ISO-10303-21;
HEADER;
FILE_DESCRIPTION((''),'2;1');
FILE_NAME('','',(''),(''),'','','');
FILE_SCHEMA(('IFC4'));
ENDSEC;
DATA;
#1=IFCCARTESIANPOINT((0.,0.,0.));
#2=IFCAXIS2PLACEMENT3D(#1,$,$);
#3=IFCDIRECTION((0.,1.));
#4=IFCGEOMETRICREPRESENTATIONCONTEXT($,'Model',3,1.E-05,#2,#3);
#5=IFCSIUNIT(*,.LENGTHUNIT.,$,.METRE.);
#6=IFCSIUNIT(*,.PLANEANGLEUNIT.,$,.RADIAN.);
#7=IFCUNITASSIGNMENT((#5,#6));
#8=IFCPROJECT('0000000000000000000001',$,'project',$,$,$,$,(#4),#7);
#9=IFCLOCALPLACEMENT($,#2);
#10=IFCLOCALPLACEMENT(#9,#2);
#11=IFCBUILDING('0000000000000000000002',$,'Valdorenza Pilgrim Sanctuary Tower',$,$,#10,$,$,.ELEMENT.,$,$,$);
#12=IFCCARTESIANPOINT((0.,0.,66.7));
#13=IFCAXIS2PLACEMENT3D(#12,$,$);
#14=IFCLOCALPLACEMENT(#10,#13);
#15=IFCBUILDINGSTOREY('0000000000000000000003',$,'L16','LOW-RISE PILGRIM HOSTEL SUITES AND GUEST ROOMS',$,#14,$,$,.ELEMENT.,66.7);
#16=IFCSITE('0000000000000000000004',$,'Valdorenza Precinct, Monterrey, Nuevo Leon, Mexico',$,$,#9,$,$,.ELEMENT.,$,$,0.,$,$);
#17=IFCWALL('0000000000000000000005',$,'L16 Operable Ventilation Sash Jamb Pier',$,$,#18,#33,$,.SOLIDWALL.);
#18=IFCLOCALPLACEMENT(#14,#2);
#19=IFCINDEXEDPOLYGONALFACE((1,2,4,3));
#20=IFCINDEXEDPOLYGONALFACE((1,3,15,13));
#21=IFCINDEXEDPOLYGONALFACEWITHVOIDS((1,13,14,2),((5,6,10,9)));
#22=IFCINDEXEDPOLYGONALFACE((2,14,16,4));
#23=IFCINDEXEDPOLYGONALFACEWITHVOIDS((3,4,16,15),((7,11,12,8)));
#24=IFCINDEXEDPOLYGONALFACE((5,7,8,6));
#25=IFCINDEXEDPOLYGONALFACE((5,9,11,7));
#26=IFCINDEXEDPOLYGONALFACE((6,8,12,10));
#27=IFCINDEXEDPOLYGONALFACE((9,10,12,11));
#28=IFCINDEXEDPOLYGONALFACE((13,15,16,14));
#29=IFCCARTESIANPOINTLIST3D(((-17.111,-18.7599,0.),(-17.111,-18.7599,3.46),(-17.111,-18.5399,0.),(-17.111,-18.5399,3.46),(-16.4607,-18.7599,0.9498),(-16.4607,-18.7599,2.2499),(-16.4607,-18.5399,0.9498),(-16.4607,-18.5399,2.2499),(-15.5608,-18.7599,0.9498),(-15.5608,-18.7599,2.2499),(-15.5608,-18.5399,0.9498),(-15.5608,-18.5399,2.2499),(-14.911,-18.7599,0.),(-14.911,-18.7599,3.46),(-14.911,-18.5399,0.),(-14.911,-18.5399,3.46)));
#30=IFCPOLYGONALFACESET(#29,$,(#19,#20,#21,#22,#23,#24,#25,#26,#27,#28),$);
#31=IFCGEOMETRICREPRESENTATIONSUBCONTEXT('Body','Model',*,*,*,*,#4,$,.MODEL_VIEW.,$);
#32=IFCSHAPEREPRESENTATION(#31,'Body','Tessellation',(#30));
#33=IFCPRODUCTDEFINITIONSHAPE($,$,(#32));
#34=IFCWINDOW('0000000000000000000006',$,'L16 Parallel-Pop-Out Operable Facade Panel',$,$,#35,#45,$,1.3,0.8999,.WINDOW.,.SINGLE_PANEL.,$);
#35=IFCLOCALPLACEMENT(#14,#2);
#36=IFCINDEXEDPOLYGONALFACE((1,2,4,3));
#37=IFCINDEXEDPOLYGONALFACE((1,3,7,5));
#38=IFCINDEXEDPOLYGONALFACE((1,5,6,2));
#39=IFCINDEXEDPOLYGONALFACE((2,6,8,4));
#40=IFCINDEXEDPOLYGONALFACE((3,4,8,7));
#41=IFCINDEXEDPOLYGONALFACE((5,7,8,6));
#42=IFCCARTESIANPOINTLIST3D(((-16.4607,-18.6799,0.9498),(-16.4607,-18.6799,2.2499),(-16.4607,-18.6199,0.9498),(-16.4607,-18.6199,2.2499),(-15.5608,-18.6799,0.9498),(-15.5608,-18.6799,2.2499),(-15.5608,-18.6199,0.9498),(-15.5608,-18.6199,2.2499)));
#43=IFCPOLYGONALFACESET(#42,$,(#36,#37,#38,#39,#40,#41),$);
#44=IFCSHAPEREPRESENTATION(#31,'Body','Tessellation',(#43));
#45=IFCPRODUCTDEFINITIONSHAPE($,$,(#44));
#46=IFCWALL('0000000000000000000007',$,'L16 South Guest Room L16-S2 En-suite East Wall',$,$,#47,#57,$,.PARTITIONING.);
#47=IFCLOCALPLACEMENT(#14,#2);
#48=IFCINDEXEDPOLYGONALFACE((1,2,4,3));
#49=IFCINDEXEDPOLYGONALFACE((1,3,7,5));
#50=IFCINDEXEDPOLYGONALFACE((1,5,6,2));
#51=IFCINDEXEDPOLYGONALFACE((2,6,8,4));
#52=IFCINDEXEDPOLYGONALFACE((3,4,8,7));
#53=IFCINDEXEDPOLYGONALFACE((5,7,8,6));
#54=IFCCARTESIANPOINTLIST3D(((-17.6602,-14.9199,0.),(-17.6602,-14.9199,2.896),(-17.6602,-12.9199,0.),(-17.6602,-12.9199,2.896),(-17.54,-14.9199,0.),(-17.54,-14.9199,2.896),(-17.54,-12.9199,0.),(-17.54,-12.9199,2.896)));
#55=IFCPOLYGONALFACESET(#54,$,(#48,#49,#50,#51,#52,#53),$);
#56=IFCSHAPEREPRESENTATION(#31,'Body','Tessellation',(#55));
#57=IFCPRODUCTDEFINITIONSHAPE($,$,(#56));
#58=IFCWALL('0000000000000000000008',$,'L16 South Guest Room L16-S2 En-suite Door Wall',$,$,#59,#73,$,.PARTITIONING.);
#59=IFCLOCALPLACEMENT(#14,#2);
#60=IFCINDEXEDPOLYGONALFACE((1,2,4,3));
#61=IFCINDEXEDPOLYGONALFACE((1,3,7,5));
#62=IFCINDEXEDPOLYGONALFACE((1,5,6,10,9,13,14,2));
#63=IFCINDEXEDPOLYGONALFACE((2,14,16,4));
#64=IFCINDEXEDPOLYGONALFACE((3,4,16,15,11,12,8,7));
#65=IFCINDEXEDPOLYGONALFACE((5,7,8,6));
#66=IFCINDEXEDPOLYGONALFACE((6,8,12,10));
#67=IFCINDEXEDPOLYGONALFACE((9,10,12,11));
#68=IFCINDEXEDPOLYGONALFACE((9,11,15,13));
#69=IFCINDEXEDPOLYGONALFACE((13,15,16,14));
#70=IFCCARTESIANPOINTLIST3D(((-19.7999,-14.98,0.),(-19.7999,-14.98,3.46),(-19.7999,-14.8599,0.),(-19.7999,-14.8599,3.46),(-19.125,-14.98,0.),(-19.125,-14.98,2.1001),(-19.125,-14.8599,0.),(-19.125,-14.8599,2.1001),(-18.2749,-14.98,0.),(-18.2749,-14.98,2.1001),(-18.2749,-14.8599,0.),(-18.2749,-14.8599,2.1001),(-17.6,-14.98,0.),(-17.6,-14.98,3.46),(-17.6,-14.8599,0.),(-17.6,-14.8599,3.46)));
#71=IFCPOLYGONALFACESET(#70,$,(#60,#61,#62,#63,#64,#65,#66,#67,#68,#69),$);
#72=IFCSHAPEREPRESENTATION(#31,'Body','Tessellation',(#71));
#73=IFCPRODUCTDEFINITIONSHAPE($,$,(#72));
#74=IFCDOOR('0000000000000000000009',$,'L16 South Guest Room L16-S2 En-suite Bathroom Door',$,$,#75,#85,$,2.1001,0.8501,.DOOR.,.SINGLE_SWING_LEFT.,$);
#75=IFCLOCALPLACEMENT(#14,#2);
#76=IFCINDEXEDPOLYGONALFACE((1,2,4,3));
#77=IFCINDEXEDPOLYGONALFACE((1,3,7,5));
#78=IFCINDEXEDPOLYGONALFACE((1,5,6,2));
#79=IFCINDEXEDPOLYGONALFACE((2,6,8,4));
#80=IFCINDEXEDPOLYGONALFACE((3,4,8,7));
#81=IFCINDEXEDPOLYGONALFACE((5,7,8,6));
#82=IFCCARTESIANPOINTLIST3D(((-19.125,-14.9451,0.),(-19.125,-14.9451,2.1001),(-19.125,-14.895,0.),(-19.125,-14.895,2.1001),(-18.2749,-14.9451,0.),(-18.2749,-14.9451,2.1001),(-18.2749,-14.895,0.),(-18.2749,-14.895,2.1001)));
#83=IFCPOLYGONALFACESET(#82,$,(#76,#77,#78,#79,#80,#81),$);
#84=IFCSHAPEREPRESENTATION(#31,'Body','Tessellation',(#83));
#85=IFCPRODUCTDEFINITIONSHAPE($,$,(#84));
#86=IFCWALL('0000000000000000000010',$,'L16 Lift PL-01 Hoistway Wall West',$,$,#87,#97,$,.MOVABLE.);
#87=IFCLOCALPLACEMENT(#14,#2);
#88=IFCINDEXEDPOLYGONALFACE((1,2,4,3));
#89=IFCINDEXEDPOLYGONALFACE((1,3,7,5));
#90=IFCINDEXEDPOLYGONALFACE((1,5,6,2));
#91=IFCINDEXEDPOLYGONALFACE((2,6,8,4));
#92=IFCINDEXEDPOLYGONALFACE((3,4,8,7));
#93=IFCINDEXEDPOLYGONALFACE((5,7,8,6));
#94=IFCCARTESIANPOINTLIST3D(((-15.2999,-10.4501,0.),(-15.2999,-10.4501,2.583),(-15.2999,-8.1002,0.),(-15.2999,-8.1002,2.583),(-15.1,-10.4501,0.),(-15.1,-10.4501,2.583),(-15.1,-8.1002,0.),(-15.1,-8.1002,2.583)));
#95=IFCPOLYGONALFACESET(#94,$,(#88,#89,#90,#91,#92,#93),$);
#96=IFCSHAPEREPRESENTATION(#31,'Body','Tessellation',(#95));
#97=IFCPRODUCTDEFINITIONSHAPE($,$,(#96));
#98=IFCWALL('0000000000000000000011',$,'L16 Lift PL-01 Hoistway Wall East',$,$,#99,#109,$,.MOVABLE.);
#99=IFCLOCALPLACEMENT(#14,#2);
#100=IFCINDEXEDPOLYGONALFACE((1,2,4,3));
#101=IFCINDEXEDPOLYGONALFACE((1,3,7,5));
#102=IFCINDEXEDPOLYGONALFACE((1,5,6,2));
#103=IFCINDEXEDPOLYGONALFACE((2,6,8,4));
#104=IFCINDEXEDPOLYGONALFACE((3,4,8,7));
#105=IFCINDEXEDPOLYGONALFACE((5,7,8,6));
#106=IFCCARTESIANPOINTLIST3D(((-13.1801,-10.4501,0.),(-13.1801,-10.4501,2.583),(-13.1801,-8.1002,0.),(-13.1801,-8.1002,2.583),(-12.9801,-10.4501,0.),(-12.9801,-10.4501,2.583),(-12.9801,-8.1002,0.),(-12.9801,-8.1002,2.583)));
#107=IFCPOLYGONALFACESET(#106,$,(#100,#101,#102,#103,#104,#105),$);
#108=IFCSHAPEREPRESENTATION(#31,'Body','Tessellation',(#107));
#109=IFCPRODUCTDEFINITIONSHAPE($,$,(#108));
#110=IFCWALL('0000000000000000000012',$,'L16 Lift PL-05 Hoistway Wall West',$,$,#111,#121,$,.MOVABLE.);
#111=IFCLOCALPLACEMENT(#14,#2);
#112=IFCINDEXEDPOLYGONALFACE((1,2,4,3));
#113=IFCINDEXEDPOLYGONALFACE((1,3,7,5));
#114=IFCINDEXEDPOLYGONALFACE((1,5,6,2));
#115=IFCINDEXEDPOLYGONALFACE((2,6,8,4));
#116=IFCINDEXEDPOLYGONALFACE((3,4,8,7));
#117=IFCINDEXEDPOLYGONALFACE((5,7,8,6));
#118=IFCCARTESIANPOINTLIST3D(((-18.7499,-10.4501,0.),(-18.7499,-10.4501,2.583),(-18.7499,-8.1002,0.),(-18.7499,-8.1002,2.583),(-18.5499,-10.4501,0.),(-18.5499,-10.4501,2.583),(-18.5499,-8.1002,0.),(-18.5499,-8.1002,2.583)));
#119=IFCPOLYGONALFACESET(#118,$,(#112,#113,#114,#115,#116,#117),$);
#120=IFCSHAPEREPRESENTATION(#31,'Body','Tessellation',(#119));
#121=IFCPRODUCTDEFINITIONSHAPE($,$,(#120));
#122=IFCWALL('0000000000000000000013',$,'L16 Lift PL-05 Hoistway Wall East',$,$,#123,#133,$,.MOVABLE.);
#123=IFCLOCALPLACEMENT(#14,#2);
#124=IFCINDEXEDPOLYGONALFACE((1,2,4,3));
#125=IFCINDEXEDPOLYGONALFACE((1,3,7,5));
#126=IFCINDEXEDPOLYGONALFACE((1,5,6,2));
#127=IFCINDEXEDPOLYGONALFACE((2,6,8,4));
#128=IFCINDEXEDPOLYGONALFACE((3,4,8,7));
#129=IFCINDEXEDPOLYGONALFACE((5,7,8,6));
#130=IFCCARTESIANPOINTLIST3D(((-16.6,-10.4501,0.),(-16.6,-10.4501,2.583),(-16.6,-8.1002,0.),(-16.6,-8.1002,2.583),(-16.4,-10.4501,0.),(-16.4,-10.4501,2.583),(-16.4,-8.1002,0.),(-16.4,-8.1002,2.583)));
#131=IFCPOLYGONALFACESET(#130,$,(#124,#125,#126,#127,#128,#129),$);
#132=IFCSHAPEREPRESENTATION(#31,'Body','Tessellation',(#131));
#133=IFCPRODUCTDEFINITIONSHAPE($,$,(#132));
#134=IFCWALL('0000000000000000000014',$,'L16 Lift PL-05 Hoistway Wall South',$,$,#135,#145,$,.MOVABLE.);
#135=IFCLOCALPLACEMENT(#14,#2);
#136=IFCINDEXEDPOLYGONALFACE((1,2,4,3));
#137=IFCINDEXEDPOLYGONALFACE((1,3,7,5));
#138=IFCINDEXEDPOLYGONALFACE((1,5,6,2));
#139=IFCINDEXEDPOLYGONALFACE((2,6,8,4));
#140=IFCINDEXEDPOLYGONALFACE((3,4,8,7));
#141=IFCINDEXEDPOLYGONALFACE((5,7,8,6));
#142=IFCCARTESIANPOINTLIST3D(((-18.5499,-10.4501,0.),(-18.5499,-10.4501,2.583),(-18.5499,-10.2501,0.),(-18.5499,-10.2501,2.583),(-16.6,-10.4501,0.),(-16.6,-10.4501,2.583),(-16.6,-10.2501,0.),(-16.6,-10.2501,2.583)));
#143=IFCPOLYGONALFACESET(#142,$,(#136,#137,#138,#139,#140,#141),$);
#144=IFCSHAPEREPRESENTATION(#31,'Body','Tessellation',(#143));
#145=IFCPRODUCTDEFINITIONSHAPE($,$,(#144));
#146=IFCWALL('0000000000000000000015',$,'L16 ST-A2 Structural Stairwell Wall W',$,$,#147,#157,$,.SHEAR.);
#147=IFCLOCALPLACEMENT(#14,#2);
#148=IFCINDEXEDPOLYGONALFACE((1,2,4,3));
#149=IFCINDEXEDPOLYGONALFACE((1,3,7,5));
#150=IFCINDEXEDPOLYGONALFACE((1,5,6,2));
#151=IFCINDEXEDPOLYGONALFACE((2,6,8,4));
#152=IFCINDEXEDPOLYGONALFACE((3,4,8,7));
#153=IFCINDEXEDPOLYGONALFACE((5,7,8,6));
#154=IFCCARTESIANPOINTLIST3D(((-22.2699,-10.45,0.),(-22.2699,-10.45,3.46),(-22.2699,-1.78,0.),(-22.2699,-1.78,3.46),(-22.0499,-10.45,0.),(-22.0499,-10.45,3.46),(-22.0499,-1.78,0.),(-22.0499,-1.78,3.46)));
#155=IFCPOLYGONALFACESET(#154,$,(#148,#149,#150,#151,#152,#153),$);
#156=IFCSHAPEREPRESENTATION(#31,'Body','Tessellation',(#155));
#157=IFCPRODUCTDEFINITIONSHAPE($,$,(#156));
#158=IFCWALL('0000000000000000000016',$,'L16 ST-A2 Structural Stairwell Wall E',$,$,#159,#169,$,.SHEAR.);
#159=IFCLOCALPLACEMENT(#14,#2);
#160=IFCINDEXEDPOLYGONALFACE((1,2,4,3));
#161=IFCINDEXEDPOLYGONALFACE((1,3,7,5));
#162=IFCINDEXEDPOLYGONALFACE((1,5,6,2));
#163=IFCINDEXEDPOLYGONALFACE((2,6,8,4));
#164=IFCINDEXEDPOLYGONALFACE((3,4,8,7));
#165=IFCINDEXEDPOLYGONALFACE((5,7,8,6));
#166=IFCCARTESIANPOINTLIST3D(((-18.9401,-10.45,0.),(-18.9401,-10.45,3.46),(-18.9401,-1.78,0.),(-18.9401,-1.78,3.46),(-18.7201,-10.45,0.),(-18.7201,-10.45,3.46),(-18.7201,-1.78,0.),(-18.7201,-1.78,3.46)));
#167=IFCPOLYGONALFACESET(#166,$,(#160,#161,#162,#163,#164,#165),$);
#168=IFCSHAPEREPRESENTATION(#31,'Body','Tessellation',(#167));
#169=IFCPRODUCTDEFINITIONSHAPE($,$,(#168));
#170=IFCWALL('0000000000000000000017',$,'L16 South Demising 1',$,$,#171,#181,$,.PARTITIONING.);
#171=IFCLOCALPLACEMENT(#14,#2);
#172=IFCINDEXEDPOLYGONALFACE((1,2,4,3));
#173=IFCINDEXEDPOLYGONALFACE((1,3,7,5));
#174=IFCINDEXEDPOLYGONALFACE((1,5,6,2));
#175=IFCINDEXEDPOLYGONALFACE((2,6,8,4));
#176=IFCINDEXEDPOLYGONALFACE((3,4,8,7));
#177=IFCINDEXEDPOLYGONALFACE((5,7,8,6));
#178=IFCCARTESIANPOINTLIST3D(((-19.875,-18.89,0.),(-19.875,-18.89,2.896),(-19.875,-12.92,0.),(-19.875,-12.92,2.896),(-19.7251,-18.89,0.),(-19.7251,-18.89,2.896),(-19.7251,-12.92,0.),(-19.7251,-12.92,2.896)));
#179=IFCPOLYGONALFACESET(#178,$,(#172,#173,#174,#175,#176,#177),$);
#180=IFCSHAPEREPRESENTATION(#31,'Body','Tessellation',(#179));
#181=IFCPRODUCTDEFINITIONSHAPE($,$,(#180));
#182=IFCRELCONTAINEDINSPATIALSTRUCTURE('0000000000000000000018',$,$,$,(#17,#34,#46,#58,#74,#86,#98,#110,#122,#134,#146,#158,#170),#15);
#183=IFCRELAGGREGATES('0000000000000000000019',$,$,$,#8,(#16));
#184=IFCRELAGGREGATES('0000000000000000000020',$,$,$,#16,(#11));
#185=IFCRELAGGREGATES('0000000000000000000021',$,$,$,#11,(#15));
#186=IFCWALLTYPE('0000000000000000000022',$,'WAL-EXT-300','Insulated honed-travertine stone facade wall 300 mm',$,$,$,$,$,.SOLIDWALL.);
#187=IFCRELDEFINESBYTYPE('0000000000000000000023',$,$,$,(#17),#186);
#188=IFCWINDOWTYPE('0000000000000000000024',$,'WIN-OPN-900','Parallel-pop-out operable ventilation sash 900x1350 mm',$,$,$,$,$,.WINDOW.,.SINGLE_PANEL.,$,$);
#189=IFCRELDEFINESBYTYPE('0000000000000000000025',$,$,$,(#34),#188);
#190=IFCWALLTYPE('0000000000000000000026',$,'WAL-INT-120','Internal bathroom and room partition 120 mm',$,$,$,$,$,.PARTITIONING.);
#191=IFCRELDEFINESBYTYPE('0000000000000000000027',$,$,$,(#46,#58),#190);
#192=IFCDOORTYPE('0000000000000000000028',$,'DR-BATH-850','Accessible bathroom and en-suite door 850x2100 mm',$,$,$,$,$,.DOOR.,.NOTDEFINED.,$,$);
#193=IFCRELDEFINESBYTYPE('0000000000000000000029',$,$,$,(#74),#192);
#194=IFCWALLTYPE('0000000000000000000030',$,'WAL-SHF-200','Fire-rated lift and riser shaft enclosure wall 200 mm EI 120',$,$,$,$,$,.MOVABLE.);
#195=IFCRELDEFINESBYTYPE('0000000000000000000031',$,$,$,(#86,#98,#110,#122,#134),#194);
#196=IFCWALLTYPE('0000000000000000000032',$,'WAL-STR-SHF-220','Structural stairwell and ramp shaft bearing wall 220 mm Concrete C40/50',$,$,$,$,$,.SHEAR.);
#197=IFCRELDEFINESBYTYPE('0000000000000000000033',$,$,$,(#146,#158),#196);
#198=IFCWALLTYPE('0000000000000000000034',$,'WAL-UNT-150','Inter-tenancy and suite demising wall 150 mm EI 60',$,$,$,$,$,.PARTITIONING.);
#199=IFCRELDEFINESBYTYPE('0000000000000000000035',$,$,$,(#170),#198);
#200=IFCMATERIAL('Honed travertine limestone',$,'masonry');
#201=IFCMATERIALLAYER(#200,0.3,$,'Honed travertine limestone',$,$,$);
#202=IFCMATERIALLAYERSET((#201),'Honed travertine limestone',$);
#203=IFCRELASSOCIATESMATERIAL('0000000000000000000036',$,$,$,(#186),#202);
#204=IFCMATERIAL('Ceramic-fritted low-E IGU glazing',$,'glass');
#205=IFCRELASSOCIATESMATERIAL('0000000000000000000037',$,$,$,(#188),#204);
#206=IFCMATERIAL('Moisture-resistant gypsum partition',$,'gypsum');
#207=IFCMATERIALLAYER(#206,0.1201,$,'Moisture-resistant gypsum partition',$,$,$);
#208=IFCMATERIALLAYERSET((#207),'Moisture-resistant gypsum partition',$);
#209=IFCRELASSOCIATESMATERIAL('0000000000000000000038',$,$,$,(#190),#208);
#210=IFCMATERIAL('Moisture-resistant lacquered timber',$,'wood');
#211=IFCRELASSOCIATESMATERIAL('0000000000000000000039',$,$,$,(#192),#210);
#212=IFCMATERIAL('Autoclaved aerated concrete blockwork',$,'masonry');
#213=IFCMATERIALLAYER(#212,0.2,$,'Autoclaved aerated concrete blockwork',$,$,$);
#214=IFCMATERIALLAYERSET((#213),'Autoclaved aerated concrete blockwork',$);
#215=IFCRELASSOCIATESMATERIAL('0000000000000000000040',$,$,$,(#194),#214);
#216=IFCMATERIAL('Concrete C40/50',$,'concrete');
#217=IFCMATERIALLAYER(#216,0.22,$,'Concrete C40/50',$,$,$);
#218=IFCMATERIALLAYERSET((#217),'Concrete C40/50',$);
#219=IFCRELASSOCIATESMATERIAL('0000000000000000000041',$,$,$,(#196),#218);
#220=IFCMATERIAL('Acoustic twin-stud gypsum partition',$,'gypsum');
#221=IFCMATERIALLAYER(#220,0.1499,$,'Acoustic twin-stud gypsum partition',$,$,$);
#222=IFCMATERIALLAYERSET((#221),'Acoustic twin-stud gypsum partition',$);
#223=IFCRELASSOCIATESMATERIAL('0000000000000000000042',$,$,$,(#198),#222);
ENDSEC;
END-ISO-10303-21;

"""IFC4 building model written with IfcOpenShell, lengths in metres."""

from ifc_helpers import new_model, si_unit, direction, frame, frame_2d, origin, place, context, subcontext, project, spatial, rectangle, extrude, material, layer, layer_set, type_object, element, fill, save


model = new_model("IFC4")

# Units and contexts
model_context = context("Model", 3, precision=1e-05, world=origin(), true_north=direction((0.0, 1.0)))
body_context = subcontext(model_context, "Body", "Model", "MODEL_VIEW")
ifc_project = project(units=[si_unit("LENGTHUNIT", "METRE"), si_unit("PLANEANGLEUNIT", "RADIAN")], contexts=[model_context])

# Site, building, storey
site_placement = place(None, origin())
site = spatial("IfcSite", under=ifc_project, at=site_placement, Name="Valdorenza Precinct, Monterrey, Nuevo Leon, Mexico", CompositionType="ELEMENT", RefElevation=0.0)
building_placement = place(site_placement, origin())
building = spatial("IfcBuilding", under=site, at=building_placement, Name="Valdorenza Pilgrim Sanctuary Tower", CompositionType="ELEMENT")
storey_placement = place(building_placement, frame((0.0, 0.0, 66.7)))
storey = spatial("IfcBuildingStorey", under=building, at=storey_placement, Name="L16", Description="LOW-RISE PILGRIM HOSTEL SUITES AND GUEST ROOMS", CompositionType="ELEMENT", Elevation=66.7)

# Shared definitions
ifc_material_1 = material(Name="Ceramic-fritted low-E IGU glazing", Category="glass")
ifc_material_2 = material(Name="Honed travertine limestone", Category="masonry")

# Shared definitions
ifc_layer_1 = layer(ifc_material_2, 0.3, Name="Honed travertine limestone")
ifc_layer_set_1 = layer_set([ifc_layer_1], Name="Honed travertine limestone")
wall_type_1 = type_object("IfcWallType", Name="WAL-EXT-300", Description="Insulated honed-travertine stone facade wall 300 mm", PredefinedType="SOLIDWALL", material=ifc_layer_set_1)

# Wall, opening, window
wall_1_placement = place(storey_placement, frame((-14.9109, -18.6499, 0.0), z_axis=(0.0, 0.0, 1.0), x_axis=(-1.0, 0.0, 0.0)))
wall_1 = element("IfcWall", 1, at=wall_1_placement, inside=storey, type_object=wall_type_1, Name="L16 Operable Ventilation Sash Jamb Pier", PredefinedType="SOLIDWALL", context=body_context, shape_type="SweptSolid", body=[
    extrude(rectangle(XDim=2.2, YDim=0.22, at=frame_2d((1.1001, 0.0))), origin(), (0.0, 0.0, 1.0), 3.46),
])
opening_1_placement = place(wall_1_placement, frame((0.6499, 0.0, 0.95)))
opening_1 = element("IfcOpeningElement", 2, at=opening_1_placement, cuts=wall_1, PredefinedType="OPENING", context=body_context, shape_type="SweptSolid", body=[
    extrude(rectangle(XDim=0.8999, YDim=1.3, at=frame_2d((0.45, 0.6499))), frame((0.0, 0.125, 0.0), z_axis=(0.0, -1.0, 0.0), x_axis=(1.0, 0.0, 0.0)), (0.0, 0.0, 1.0), 0.2498),
])
window_type = type_object("IfcWindowType", Name="WIN-OPN-900", Description="Parallel-pop-out operable ventilation sash 900x1350 mm", PartitioningType="SINGLE_PANEL", PredefinedType="WINDOW", material=ifc_material_1)
window_placement = place(opening_1_placement, origin())
window = element("IfcWindow", 3, at=window_placement, inside=storey, type_object=window_type, Name="L16 Parallel-Pop-Out Operable Facade Panel", OverallHeight=1.3, OverallWidth=0.8999, PartitioningType="SINGLE_PANEL", PredefinedType="WINDOW", context=body_context, shape_type="SweptSolid", body=[
    extrude(rectangle(XDim=0.8999, YDim=1.3, at=frame_2d((0.45, 0.6499))), frame((0.0, 0.03, 0.0), z_axis=(0.0, -1.0, 0.0), x_axis=(1.0, 0.0, 0.0)), (0.0, 0.0, 1.0), 0.0601),
])
fill(opening_1, window)

# Wall
ifc_material_3 = material(Name="Moisture-resistant gypsum partition", Category="gypsum")
ifc_layer_2 = layer(ifc_material_3, 0.1201, Name="Moisture-resistant gypsum partition")
ifc_layer_set_2 = layer_set([ifc_layer_2], Name="Moisture-resistant gypsum partition")
wall_type_2 = type_object("IfcWallType", Name="WAL-INT-120", Description="Internal bathroom and room partition 120 mm", PredefinedType="PARTITIONING", material=ifc_layer_set_2)
wall_2_placement = place(storey_placement, frame((-17.6001, -14.9199, 0.0), z_axis=(0.0, 0.0, 1.0), x_axis=(0.0, 1.0, 0.0)))
element("IfcWall", 4, at=wall_2_placement, inside=storey, type_object=wall_type_2, Name="L16 South Guest Room L16-S2 En-suite East Wall", PredefinedType="PARTITIONING", context=body_context, shape_type="SweptSolid", body=[
    extrude(rectangle(XDim=2.0, YDim=0.1201, at=frame_2d((1.0, 0.0))), origin(), (0.0, 0.0, 1.0), 2.896),
])

# Wall, opening, door
wall_3_placement = place(storey_placement, frame((-19.8, -14.9199, 0.0), z_axis=(0.0, 0.0, 1.0), x_axis=(1.0, 0.0, 0.0)))
wall_3 = element("IfcWall", 5, at=wall_3_placement, inside=storey, type_object=wall_type_2, Name="L16 South Guest Room L16-S2 En-suite Door Wall", PredefinedType="PARTITIONING", context=body_context, shape_type="SweptSolid", body=[
    extrude(rectangle(XDim=2.2, YDim=0.1201, at=frame_2d((1.1001, 0.0))), origin(), (0.0, 0.0, 1.0), 3.46),
])
opening_2_placement = place(wall_3_placement, frame((0.675, 0.0, 0.0)))
opening_2 = element("IfcOpeningElement", 6, at=opening_2_placement, cuts=wall_3, PredefinedType="OPENING", context=body_context, shape_type="SweptSolid", body=[
    extrude(rectangle(XDim=0.8501, YDim=2.1001, at=frame_2d((0.425, 1.05))), frame((0.0, 0.075, 0.0), z_axis=(0.0, -1.0, 0.0), x_axis=(1.0, 0.0, 0.0)), (0.0, 0.0, 1.0), 0.1499),
])
ifc_material_4 = material(Name="Moisture-resistant lacquered timber", Category="wood")
door_type = type_object("IfcDoorType", Name="DR-BATH-850", Description="Accessible bathroom and en-suite door 850x2100 mm", OperationType="NOTDEFINED", PredefinedType="DOOR", material=ifc_material_4)
door_placement = place(opening_2_placement, origin())
door = element("IfcDoor", 7, at=door_placement, inside=storey, type_object=door_type, Name="L16 South Guest Room L16-S2 En-suite Bathroom Door", OperationType="SINGLE_SWING_LEFT", OverallHeight=2.1001, OverallWidth=0.8501, PredefinedType="DOOR", context=body_context, shape_type="SweptSolid", body=[
    extrude(rectangle(XDim=0.8501, YDim=2.1001, at=frame_2d((0.425, 1.05))), frame((0.0, 0.0249, 0.0), z_axis=(0.0, -1.0, 0.0), x_axis=(1.0, 0.0, 0.0)), (0.0, 0.0, 1.0), 0.05),
])
fill(opening_2, door)

# Walls
ifc_material_5 = material(Name="Autoclaved aerated concrete blockwork", Category="masonry")
ifc_layer_3 = layer(ifc_material_5, 0.2, Name="Autoclaved aerated concrete blockwork")
ifc_layer_set_3 = layer_set([ifc_layer_3], Name="Autoclaved aerated concrete blockwork")
wall_type_3 = type_object("IfcWallType", Name="WAL-SHF-200", Description="Fire-rated lift and riser shaft enclosure wall 200 mm EI 120", PredefinedType="MOVABLE", material=ifc_layer_set_3)
for number, where, z_axis, x_axis, name in (
    (8, (-15.2, -10.45, 0.0), (0.0, 0.0, 1.0), (0.0, 1.0, 0.0), "L16 Lift PL-01 Hoistway Wall West"),
    (9, (-13.0801, -10.45, 0.0), (0.0, 0.0, 1.0), (0.0, 1.0, 0.0), "L16 Lift PL-01 Hoistway Wall East"),
    (10, (-18.6499, -10.45, 0.0), (0.0, 0.0, 1.0), (0.0, 1.0, 0.0), "L16 Lift PL-05 Hoistway Wall West"),
    (11, (-16.5, -10.45, 0.0), (0.0, 0.0, 1.0), (0.0, 1.0, 0.0), "L16 Lift PL-05 Hoistway Wall East"),
):
    element("IfcWall", number, at=place(storey_placement, frame(where, z_axis=z_axis, x_axis=x_axis)), inside=storey, type_object=wall_type_3, Name=name, PredefinedType="MOVABLE", context=body_context, shape_type="SweptSolid", body=[
        extrude(rectangle(XDim=2.3499, YDim=0.2, at=frame_2d((1.1748, 0.0))), origin(), (0.0, 0.0, 1.0), 2.583),
    ])
wall_4_placement = place(storey_placement, frame((-18.55, -10.3501, 0.0), z_axis=(0.0, 0.0, 1.0), x_axis=(1.0, 0.0, 0.0)))
element("IfcWall", 12, at=wall_4_placement, inside=storey, type_object=wall_type_3, Name="L16 Lift PL-05 Hoistway Wall South", PredefinedType="MOVABLE", context=body_context, shape_type="SweptSolid", body=[
    extrude(rectangle(XDim=1.95, YDim=0.2, at=frame_2d((0.9751, 0.0))), origin(), (0.0, 0.0, 1.0), 2.583),
])
ifc_material_6 = material(Name="Concrete C40/50", Category="concrete")
ifc_layer_4 = layer(ifc_material_6, 0.22, Name="Concrete C40/50")
ifc_layer_set_4 = layer_set([ifc_layer_4], Name="Concrete C40/50")
wall_type_4 = type_object("IfcWallType", Name="WAL-STR-SHF-220", Description="Structural stairwell and ramp shaft bearing wall 220 mm Concrete C40/50", PredefinedType="SHEAR", material=ifc_layer_set_4)
for number, where, z_axis, x_axis, name in (
    (13, (-22.1599, -10.45, 0.0), (0.0, 0.0, 1.0), (0.0, 1.0, 0.0), "L16 ST-A2 Structural Stairwell Wall W"),
    (14, (-18.8301, -10.45, 0.0), (0.0, 0.0, 1.0), (0.0, 1.0, 0.0), "L16 ST-A2 Structural Stairwell Wall E"),
):
    element("IfcWall", number, at=place(storey_placement, frame(where, z_axis=z_axis, x_axis=x_axis)), inside=storey, type_object=wall_type_4, Name=name, PredefinedType="SHEAR", context=body_context, shape_type="SweptSolid", body=[
        extrude(rectangle(XDim=8.6699, YDim=0.22, at=frame_2d((4.335, 0.0))), origin(), (0.0, 0.0, 1.0), 3.46),
    ])
ifc_material_7 = material(Name="Acoustic twin-stud gypsum partition", Category="gypsum")
ifc_layer_5 = layer(ifc_material_7, 0.1499, Name="Acoustic twin-stud gypsum partition")
ifc_layer_set_5 = layer_set([ifc_layer_5], Name="Acoustic twin-stud gypsum partition")
wall_type_5 = type_object("IfcWallType", Name="WAL-UNT-150", Description="Inter-tenancy and suite demising wall 150 mm EI 60", PredefinedType="PARTITIONING", material=ifc_layer_set_5)
wall_5_placement = place(storey_placement, frame((-19.8, -18.8899, 0.0), z_axis=(0.0, 0.0, 1.0), x_axis=(0.0, 1.0, 0.0)))
element("IfcWall", 15, at=wall_5_placement, inside=storey, type_object=wall_type_5, Name="L16 South Demising 1", PredefinedType="PARTITIONING", context=body_context, shape_type="SweptSolid", body=[
    extrude(rectangle(XDim=5.97, YDim=0.1499, at=frame_2d((2.9849, 0.0))), origin(), (0.0, 0.0, 1.0), 2.896),
])

save(model, "model.ifc")
